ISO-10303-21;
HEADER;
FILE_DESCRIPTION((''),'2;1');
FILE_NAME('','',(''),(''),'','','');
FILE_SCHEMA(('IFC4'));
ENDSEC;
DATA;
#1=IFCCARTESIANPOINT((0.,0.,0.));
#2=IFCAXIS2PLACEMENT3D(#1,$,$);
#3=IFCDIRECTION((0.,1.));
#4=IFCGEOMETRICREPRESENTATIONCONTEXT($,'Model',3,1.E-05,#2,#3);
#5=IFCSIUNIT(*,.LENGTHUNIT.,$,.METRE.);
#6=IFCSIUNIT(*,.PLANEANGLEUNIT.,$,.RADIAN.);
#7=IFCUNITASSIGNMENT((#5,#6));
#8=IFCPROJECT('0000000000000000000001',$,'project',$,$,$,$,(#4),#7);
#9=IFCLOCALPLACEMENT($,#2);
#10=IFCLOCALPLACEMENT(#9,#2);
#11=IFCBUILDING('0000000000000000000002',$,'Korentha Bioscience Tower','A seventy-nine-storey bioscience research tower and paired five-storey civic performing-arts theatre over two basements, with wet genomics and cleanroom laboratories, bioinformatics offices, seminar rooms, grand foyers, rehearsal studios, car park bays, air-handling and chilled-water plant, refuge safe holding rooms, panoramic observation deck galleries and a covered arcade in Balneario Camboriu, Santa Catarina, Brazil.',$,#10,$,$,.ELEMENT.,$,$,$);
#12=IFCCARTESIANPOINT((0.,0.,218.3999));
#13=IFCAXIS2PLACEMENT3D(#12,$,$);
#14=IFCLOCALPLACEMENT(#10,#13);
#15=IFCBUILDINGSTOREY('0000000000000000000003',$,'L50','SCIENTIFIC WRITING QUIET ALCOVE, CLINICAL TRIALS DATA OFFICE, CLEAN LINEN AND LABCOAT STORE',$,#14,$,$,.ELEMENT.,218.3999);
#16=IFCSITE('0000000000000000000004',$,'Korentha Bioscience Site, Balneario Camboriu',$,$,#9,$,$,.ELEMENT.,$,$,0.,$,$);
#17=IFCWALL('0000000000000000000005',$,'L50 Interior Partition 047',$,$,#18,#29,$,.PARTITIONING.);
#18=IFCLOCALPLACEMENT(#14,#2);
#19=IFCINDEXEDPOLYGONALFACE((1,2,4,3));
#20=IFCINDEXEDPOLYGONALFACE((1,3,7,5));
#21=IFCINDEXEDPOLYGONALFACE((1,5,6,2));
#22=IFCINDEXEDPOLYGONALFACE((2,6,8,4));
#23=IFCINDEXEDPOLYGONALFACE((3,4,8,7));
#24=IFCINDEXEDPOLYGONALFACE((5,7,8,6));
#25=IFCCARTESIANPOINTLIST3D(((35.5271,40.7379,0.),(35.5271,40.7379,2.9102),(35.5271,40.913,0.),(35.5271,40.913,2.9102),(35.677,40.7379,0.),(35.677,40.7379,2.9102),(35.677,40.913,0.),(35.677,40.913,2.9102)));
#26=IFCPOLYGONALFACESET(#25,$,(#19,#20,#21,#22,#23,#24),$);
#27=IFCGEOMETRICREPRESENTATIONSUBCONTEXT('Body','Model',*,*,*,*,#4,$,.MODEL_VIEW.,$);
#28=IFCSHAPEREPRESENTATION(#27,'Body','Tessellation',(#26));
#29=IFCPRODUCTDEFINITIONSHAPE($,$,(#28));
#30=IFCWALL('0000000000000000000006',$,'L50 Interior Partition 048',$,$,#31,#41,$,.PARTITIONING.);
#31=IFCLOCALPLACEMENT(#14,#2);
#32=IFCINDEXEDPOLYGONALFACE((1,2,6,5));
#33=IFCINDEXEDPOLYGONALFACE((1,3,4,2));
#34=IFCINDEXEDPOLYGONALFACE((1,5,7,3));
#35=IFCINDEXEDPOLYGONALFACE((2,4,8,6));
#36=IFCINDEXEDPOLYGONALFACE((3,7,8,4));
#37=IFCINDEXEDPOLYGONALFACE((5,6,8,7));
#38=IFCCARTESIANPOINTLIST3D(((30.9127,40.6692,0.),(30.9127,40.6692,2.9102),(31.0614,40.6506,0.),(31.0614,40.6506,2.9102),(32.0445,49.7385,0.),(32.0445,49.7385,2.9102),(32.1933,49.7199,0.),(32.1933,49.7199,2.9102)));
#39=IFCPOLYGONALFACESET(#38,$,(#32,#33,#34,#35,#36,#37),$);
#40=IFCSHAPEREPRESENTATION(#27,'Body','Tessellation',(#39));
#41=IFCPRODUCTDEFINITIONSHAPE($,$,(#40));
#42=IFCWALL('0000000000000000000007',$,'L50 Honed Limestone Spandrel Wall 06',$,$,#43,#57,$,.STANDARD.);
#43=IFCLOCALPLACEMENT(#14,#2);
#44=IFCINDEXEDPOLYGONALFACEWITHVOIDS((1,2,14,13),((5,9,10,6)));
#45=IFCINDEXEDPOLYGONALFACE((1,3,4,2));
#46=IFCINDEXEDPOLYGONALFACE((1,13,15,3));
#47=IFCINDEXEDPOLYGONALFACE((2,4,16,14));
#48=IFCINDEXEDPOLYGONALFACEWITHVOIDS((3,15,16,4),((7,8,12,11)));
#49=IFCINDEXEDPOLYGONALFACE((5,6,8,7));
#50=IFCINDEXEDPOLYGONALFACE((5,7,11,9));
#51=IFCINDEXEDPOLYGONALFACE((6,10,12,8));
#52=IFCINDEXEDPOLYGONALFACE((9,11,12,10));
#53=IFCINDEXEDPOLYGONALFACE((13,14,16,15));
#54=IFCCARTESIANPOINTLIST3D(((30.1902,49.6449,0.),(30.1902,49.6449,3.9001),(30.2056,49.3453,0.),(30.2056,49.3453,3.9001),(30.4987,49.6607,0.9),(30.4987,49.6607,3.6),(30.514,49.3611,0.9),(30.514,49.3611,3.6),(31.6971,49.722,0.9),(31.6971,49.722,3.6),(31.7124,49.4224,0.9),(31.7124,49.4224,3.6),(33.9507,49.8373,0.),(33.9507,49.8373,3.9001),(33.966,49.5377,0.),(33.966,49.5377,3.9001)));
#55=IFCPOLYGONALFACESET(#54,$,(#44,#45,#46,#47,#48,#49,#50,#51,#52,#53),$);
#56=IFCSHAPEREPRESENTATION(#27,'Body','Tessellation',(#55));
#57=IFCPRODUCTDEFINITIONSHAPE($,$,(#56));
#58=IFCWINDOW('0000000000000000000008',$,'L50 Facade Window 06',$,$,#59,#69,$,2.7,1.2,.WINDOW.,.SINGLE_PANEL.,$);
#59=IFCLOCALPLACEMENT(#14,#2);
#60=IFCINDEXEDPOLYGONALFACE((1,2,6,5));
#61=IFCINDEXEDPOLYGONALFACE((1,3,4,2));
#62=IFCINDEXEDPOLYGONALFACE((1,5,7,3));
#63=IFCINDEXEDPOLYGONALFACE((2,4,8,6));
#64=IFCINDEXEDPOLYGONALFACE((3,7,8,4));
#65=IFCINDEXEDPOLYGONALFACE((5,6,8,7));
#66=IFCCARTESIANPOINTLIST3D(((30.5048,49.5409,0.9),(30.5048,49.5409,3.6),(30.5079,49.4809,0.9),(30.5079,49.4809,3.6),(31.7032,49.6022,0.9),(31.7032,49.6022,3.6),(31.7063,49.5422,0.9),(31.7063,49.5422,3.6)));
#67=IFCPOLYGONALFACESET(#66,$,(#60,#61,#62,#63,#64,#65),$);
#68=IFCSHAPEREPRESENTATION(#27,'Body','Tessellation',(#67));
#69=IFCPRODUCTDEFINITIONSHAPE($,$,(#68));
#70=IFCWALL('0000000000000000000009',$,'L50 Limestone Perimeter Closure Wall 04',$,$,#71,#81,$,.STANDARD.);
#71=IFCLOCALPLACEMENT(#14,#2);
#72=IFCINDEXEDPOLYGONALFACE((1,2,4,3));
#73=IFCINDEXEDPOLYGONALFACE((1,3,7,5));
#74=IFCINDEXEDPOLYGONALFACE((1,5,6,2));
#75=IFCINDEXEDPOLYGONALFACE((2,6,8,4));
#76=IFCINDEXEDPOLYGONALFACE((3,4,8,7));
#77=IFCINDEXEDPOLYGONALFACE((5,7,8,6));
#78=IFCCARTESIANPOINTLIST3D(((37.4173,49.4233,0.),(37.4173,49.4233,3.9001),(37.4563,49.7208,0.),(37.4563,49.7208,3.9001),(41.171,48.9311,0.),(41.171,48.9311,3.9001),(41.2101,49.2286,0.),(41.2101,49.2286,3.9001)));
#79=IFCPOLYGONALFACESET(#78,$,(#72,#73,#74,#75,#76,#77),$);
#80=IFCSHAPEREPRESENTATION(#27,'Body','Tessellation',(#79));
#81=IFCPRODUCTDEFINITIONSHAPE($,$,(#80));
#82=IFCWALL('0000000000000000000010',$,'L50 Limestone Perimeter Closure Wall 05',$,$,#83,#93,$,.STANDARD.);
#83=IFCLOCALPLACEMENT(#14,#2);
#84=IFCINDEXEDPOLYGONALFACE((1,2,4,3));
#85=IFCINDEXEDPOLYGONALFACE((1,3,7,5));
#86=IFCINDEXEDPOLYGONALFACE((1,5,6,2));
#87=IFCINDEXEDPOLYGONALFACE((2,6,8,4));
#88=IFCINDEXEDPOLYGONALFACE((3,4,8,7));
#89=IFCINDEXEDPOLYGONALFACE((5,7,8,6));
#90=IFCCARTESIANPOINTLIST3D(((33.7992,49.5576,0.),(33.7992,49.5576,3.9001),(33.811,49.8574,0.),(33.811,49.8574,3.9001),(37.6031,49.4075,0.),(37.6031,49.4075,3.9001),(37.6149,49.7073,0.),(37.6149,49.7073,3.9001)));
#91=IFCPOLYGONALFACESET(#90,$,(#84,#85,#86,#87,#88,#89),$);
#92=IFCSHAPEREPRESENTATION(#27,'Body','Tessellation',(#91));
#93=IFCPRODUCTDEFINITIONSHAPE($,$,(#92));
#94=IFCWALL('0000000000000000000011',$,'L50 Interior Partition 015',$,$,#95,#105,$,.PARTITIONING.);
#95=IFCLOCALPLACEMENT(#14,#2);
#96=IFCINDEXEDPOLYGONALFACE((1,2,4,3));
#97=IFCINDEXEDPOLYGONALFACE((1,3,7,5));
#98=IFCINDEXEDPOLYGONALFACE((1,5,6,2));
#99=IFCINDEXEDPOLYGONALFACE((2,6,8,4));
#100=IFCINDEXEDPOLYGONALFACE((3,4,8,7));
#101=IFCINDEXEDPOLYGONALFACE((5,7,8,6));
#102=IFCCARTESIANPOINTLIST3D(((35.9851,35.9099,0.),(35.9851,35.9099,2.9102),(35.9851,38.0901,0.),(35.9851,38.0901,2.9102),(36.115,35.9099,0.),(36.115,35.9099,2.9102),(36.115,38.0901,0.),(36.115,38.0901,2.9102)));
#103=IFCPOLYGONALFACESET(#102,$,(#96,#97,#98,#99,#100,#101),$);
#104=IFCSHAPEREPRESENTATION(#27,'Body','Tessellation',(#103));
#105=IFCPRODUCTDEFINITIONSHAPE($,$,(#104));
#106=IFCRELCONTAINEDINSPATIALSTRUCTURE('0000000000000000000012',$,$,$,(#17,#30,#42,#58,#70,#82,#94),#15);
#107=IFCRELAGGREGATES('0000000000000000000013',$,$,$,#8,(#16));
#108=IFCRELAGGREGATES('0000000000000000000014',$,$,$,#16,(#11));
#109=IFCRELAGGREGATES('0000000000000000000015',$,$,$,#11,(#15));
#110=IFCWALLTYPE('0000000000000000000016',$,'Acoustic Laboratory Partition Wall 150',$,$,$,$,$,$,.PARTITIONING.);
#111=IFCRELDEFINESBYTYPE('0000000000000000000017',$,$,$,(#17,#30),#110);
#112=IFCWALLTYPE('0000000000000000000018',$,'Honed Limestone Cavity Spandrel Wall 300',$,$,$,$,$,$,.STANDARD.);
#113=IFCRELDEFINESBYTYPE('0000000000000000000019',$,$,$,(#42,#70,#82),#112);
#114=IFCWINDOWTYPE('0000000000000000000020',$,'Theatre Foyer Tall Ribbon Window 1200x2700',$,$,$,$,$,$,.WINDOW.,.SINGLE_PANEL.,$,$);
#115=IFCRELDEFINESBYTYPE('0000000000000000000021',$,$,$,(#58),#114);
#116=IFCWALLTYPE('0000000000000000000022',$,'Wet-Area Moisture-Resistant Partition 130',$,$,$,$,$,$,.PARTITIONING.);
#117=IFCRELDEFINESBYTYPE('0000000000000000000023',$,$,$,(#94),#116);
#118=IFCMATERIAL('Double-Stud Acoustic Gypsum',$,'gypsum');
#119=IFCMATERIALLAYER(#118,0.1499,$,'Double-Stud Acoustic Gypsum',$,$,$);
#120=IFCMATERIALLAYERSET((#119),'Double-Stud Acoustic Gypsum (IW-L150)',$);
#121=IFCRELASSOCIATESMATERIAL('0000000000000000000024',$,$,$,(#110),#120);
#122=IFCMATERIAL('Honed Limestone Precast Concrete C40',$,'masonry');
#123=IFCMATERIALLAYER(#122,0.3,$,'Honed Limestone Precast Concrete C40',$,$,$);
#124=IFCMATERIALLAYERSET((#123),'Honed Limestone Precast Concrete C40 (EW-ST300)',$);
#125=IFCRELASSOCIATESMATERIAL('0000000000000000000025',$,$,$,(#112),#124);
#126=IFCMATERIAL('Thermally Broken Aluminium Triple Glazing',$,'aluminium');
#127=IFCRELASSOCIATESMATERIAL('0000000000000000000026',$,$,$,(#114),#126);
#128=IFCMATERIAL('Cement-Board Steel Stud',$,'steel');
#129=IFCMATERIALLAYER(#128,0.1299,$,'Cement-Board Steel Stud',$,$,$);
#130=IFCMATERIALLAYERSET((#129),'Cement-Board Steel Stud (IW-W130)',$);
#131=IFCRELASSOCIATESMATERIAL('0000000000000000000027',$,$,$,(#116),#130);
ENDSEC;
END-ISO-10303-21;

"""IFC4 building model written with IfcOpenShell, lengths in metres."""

from ifc_helpers import new_model, si_unit, direction, frame, frame_2d, origin, place, context, subcontext, project, spatial, rectangle, extrude, material, layer, layer_set, type_object, element, fill, save


model = new_model("IFC4")

# Units and contexts
model_context = context("Model", 3, precision=1e-05, world=origin(), true_north=direction((0.0, 1.0)))
body_context = subcontext(model_context, "Body", "Model", "MODEL_VIEW")
ifc_project = project(units=[si_unit("LENGTHUNIT", "METRE"), si_unit("PLANEANGLEUNIT", "RADIAN")], contexts=[model_context])

# Site, building, storey
site_placement = place(None, origin())
site = spatial("IfcSite", under=ifc_project, at=site_placement, Name="Korentha Bioscience Site, Balneario Camboriu", CompositionType="ELEMENT", RefElevation=0.0)
building_placement = place(site_placement, origin())
building = spatial("IfcBuilding", under=site, at=building_placement, Name="Korentha Bioscience Tower", Description="A seventy-nine-storey bioscience research tower and paired five-storey civic performing-arts theatre over two basements, with wet genomics and cleanroom laboratories, bioinformatics offices, seminar rooms, grand foyers, rehearsal studios, car park bays, air-handling and chilled-water plant, refuge safe holding rooms, panoramic observation deck galleries and a covered arcade in Balneario Camboriu, Santa Catarina, Brazil.", CompositionType="ELEMENT")
storey_placement = place(building_placement, frame((0.0, 0.0, 218.3999)))
storey = spatial("IfcBuildingStorey", under=building, at=storey_placement, Name="L50", Description="SCIENTIFIC WRITING QUIET ALCOVE, CLINICAL TRIALS DATA OFFICE, CLEAN LINEN AND LABCOAT STORE", CompositionType="ELEMENT", Elevation=218.3999)

# Shared definitions
ifc_material_1 = material(Name="Double-Stud Acoustic Gypsum", Category="gypsum")
ifc_layer_1 = layer(ifc_material_1, 0.1499, Name="Double-Stud Acoustic Gypsum")
ifc_layer_set_1 = layer_set([ifc_layer_1], Name="Double-Stud Acoustic Gypsum (IW-L150)")
wall_type_1 = type_object("IfcWallType", Name="Acoustic Laboratory Partition Wall 150", PredefinedType="PARTITIONING", material=ifc_layer_set_1)

# Walls
wall_1_placement = place(storey_placement, frame((35.6021, 40.738, 0.0), z_axis=(0.0, 0.0, 1.0), x_axis=(0.0, 1.0, 0.0)))
element("IfcWall", 1, at=wall_1_placement, inside=storey, type_object=wall_type_1, Name="L50 Interior Partition 047", PredefinedType="PARTITIONING", context=body_context, shape_type="SweptSolid", body=[
    extrude(rectangle(XDim=0.175, YDim=0.1499, at=frame_2d((0.0874, 0.0))), origin(), (0.0, 0.0, 1.0), 2.9102),
])
wall_2_placement = place(storey_placement, frame((30.9871, 40.6599, 0.0), z_axis=(0.0, 0.0, 1.0), x_axis=(0.123837, 0.992303, 0.0)))
element("IfcWall", 2, at=wall_2_placement, inside=storey, type_object=wall_type_1, Name="L50 Interior Partition 048", PredefinedType="PARTITIONING", context=body_context, shape_type="SweptSolid", body=[
    extrude(rectangle(XDim=9.1396, YDim=0.1499, at=frame_2d((4.5698, 0.0))), origin(), (0.0, 0.0, 1.0), 2.9102),
])

# Wall, opening, window
ifc_material_2 = material(Name="Honed Limestone Precast Concrete C40", Category="masonry")
ifc_layer_2 = layer(ifc_material_2, 0.3, Name="Honed Limestone Precast Concrete C40")
ifc_layer_set_2 = layer_set([ifc_layer_2], Name="Honed Limestone Precast Concrete C40 (EW-ST300)")
wall_type_2 = type_object("IfcWallType", Name="Honed Limestone Cavity Spandrel Wall 300", PredefinedType="STANDARD", material=ifc_layer_set_2)
wall_3_placement = place(storey_placement, frame((33.9585, 49.6875, 0.0), z_axis=(0.0, 0.0, 1.0), x_axis=(-0.998694, -0.051092, 0.0)))
wall_3 = element("IfcWall", 3, at=wall_3_placement, inside=storey, type_object=wall_type_2, Name="L50 Honed Limestone Spandrel Wall 06", PredefinedType="STANDARD", context=body_context, shape_type="SweptSolid", body=[
    extrude(rectangle(XDim=3.7654, YDim=0.3, at=frame_2d((1.8828, 0.0))), origin(), (0.0, 0.0, 1.0), 3.9001),
])
opening_1_placement = place(wall_3_placement, frame((2.2566, 0.0, 0.8999)))
opening_1 = element("IfcOpeningElement", 4, at=opening_1_placement, cuts=wall_3, PredefinedType="OPENING", context=body_context, shape_type="SweptSolid", body=[
    extrude(rectangle(XDim=1.2, YDim=2.7, at=frame_2d((0.6001, 1.3501))), frame((0.0, 0.165, 0.0), z_axis=(0.0, -1.0, 0.0), x_axis=(1.0, 0.0, 0.0)), (0.0, 0.0, 1.0), 0.3298),
])
ifc_material_3 = material(Name="Thermally Broken Aluminium Triple Glazing", Category="aluminium")
window_type = type_object("IfcWindowType", Name="Theatre Foyer Tall Ribbon Window 1200x2700", PartitioningType="SINGLE_PANEL", PredefinedType="WINDOW", material=ifc_material_3)
window_placement = place(opening_1_placement, origin())
window = element("IfcWindow", 5, at=window_placement, inside=storey, type_object=window_type, Name="L50 Facade Window 06", OverallHeight=2.7, OverallWidth=1.2, PartitioningType="SINGLE_PANEL", PredefinedType="WINDOW", context=body_context, shape_type="SweptSolid", body=[
    extrude(rectangle(XDim=1.2, YDim=2.7, at=frame_2d((0.6001, 1.3501))), frame((0.0, 0.03, 0.0), z_axis=(0.0, -1.0, 0.0), x_axis=(1.0, 0.0, 0.0)), (0.0, 0.0, 1.0), 0.0601),
])
fill(opening_1, window)

# Walls
wall_4_placement = place(storey_placement, frame((41.1907, 49.0798, 0.0), z_axis=(0.0, 0.0, 1.0), x_axis=(-0.991513, 0.130009, 0.0)))
element("IfcWall", 6, at=wall_4_placement, inside=storey, type_object=wall_type_2, Name="L50 Limestone Perimeter Closure Wall 04", PredefinedType="STANDARD", context=body_context, shape_type="SweptSolid", body=[
    extrude(rectangle(XDim=3.7859, YDim=0.3, at=frame_2d((1.8931, 0.0))), origin(), (0.0, 0.0, 1.0), 3.9001),
])
wall_5_placement = place(storey_placement, frame((37.6089, 49.5574, 0.0), z_axis=(0.0, 0.0, 1.0), x_axis=(-0.999222, 0.03944, 0.0)))
element("IfcWall", 7, at=wall_5_placement, inside=storey, type_object=wall_type_2, Name="L50 Limestone Perimeter Closure Wall 05", PredefinedType="STANDARD", context=body_context, shape_type="SweptSolid", body=[
    extrude(rectangle(XDim=3.8069, YDim=0.3, at=frame_2d((1.9033, 0.0))), origin(), (0.0, 0.0, 1.0), 3.9001),
])

# Shared definitions
ifc_material_4 = material(Name="Cement-Board Steel Stud", Category="steel")
ifc_layer_3 = layer(ifc_material_4, 0.1299, Name="Cement-Board Steel Stud")
ifc_layer_set_3 = layer_set([ifc_layer_3], Name="Cement-Board Steel Stud (IW-W130)")
wall_type_3 = type_object("IfcWallType", Name="Wet-Area Moisture-Resistant Partition 130", PredefinedType="PARTITIONING", material=ifc_layer_set_3)

# Wall
wall_6_placement = place(storey_placement, frame((36.05, 38.0901, 0.0), z_axis=(0.0, 0.0, 1.0), x_axis=(0.0, -1.0, 0.0)))
element("IfcWall", 8, at=wall_6_placement, inside=storey, type_object=wall_type_3, Name="L50 Interior Partition 015", PredefinedType="PARTITIONING", context=body_context, shape_type="SweptSolid", body=[
    extrude(rectangle(XDim=2.1802, YDim=0.1299, at=frame_2d((1.0901, 0.0))), origin(), (0.0, 0.0, 1.0), 2.9102),
])

save(model, "model.ifc")
